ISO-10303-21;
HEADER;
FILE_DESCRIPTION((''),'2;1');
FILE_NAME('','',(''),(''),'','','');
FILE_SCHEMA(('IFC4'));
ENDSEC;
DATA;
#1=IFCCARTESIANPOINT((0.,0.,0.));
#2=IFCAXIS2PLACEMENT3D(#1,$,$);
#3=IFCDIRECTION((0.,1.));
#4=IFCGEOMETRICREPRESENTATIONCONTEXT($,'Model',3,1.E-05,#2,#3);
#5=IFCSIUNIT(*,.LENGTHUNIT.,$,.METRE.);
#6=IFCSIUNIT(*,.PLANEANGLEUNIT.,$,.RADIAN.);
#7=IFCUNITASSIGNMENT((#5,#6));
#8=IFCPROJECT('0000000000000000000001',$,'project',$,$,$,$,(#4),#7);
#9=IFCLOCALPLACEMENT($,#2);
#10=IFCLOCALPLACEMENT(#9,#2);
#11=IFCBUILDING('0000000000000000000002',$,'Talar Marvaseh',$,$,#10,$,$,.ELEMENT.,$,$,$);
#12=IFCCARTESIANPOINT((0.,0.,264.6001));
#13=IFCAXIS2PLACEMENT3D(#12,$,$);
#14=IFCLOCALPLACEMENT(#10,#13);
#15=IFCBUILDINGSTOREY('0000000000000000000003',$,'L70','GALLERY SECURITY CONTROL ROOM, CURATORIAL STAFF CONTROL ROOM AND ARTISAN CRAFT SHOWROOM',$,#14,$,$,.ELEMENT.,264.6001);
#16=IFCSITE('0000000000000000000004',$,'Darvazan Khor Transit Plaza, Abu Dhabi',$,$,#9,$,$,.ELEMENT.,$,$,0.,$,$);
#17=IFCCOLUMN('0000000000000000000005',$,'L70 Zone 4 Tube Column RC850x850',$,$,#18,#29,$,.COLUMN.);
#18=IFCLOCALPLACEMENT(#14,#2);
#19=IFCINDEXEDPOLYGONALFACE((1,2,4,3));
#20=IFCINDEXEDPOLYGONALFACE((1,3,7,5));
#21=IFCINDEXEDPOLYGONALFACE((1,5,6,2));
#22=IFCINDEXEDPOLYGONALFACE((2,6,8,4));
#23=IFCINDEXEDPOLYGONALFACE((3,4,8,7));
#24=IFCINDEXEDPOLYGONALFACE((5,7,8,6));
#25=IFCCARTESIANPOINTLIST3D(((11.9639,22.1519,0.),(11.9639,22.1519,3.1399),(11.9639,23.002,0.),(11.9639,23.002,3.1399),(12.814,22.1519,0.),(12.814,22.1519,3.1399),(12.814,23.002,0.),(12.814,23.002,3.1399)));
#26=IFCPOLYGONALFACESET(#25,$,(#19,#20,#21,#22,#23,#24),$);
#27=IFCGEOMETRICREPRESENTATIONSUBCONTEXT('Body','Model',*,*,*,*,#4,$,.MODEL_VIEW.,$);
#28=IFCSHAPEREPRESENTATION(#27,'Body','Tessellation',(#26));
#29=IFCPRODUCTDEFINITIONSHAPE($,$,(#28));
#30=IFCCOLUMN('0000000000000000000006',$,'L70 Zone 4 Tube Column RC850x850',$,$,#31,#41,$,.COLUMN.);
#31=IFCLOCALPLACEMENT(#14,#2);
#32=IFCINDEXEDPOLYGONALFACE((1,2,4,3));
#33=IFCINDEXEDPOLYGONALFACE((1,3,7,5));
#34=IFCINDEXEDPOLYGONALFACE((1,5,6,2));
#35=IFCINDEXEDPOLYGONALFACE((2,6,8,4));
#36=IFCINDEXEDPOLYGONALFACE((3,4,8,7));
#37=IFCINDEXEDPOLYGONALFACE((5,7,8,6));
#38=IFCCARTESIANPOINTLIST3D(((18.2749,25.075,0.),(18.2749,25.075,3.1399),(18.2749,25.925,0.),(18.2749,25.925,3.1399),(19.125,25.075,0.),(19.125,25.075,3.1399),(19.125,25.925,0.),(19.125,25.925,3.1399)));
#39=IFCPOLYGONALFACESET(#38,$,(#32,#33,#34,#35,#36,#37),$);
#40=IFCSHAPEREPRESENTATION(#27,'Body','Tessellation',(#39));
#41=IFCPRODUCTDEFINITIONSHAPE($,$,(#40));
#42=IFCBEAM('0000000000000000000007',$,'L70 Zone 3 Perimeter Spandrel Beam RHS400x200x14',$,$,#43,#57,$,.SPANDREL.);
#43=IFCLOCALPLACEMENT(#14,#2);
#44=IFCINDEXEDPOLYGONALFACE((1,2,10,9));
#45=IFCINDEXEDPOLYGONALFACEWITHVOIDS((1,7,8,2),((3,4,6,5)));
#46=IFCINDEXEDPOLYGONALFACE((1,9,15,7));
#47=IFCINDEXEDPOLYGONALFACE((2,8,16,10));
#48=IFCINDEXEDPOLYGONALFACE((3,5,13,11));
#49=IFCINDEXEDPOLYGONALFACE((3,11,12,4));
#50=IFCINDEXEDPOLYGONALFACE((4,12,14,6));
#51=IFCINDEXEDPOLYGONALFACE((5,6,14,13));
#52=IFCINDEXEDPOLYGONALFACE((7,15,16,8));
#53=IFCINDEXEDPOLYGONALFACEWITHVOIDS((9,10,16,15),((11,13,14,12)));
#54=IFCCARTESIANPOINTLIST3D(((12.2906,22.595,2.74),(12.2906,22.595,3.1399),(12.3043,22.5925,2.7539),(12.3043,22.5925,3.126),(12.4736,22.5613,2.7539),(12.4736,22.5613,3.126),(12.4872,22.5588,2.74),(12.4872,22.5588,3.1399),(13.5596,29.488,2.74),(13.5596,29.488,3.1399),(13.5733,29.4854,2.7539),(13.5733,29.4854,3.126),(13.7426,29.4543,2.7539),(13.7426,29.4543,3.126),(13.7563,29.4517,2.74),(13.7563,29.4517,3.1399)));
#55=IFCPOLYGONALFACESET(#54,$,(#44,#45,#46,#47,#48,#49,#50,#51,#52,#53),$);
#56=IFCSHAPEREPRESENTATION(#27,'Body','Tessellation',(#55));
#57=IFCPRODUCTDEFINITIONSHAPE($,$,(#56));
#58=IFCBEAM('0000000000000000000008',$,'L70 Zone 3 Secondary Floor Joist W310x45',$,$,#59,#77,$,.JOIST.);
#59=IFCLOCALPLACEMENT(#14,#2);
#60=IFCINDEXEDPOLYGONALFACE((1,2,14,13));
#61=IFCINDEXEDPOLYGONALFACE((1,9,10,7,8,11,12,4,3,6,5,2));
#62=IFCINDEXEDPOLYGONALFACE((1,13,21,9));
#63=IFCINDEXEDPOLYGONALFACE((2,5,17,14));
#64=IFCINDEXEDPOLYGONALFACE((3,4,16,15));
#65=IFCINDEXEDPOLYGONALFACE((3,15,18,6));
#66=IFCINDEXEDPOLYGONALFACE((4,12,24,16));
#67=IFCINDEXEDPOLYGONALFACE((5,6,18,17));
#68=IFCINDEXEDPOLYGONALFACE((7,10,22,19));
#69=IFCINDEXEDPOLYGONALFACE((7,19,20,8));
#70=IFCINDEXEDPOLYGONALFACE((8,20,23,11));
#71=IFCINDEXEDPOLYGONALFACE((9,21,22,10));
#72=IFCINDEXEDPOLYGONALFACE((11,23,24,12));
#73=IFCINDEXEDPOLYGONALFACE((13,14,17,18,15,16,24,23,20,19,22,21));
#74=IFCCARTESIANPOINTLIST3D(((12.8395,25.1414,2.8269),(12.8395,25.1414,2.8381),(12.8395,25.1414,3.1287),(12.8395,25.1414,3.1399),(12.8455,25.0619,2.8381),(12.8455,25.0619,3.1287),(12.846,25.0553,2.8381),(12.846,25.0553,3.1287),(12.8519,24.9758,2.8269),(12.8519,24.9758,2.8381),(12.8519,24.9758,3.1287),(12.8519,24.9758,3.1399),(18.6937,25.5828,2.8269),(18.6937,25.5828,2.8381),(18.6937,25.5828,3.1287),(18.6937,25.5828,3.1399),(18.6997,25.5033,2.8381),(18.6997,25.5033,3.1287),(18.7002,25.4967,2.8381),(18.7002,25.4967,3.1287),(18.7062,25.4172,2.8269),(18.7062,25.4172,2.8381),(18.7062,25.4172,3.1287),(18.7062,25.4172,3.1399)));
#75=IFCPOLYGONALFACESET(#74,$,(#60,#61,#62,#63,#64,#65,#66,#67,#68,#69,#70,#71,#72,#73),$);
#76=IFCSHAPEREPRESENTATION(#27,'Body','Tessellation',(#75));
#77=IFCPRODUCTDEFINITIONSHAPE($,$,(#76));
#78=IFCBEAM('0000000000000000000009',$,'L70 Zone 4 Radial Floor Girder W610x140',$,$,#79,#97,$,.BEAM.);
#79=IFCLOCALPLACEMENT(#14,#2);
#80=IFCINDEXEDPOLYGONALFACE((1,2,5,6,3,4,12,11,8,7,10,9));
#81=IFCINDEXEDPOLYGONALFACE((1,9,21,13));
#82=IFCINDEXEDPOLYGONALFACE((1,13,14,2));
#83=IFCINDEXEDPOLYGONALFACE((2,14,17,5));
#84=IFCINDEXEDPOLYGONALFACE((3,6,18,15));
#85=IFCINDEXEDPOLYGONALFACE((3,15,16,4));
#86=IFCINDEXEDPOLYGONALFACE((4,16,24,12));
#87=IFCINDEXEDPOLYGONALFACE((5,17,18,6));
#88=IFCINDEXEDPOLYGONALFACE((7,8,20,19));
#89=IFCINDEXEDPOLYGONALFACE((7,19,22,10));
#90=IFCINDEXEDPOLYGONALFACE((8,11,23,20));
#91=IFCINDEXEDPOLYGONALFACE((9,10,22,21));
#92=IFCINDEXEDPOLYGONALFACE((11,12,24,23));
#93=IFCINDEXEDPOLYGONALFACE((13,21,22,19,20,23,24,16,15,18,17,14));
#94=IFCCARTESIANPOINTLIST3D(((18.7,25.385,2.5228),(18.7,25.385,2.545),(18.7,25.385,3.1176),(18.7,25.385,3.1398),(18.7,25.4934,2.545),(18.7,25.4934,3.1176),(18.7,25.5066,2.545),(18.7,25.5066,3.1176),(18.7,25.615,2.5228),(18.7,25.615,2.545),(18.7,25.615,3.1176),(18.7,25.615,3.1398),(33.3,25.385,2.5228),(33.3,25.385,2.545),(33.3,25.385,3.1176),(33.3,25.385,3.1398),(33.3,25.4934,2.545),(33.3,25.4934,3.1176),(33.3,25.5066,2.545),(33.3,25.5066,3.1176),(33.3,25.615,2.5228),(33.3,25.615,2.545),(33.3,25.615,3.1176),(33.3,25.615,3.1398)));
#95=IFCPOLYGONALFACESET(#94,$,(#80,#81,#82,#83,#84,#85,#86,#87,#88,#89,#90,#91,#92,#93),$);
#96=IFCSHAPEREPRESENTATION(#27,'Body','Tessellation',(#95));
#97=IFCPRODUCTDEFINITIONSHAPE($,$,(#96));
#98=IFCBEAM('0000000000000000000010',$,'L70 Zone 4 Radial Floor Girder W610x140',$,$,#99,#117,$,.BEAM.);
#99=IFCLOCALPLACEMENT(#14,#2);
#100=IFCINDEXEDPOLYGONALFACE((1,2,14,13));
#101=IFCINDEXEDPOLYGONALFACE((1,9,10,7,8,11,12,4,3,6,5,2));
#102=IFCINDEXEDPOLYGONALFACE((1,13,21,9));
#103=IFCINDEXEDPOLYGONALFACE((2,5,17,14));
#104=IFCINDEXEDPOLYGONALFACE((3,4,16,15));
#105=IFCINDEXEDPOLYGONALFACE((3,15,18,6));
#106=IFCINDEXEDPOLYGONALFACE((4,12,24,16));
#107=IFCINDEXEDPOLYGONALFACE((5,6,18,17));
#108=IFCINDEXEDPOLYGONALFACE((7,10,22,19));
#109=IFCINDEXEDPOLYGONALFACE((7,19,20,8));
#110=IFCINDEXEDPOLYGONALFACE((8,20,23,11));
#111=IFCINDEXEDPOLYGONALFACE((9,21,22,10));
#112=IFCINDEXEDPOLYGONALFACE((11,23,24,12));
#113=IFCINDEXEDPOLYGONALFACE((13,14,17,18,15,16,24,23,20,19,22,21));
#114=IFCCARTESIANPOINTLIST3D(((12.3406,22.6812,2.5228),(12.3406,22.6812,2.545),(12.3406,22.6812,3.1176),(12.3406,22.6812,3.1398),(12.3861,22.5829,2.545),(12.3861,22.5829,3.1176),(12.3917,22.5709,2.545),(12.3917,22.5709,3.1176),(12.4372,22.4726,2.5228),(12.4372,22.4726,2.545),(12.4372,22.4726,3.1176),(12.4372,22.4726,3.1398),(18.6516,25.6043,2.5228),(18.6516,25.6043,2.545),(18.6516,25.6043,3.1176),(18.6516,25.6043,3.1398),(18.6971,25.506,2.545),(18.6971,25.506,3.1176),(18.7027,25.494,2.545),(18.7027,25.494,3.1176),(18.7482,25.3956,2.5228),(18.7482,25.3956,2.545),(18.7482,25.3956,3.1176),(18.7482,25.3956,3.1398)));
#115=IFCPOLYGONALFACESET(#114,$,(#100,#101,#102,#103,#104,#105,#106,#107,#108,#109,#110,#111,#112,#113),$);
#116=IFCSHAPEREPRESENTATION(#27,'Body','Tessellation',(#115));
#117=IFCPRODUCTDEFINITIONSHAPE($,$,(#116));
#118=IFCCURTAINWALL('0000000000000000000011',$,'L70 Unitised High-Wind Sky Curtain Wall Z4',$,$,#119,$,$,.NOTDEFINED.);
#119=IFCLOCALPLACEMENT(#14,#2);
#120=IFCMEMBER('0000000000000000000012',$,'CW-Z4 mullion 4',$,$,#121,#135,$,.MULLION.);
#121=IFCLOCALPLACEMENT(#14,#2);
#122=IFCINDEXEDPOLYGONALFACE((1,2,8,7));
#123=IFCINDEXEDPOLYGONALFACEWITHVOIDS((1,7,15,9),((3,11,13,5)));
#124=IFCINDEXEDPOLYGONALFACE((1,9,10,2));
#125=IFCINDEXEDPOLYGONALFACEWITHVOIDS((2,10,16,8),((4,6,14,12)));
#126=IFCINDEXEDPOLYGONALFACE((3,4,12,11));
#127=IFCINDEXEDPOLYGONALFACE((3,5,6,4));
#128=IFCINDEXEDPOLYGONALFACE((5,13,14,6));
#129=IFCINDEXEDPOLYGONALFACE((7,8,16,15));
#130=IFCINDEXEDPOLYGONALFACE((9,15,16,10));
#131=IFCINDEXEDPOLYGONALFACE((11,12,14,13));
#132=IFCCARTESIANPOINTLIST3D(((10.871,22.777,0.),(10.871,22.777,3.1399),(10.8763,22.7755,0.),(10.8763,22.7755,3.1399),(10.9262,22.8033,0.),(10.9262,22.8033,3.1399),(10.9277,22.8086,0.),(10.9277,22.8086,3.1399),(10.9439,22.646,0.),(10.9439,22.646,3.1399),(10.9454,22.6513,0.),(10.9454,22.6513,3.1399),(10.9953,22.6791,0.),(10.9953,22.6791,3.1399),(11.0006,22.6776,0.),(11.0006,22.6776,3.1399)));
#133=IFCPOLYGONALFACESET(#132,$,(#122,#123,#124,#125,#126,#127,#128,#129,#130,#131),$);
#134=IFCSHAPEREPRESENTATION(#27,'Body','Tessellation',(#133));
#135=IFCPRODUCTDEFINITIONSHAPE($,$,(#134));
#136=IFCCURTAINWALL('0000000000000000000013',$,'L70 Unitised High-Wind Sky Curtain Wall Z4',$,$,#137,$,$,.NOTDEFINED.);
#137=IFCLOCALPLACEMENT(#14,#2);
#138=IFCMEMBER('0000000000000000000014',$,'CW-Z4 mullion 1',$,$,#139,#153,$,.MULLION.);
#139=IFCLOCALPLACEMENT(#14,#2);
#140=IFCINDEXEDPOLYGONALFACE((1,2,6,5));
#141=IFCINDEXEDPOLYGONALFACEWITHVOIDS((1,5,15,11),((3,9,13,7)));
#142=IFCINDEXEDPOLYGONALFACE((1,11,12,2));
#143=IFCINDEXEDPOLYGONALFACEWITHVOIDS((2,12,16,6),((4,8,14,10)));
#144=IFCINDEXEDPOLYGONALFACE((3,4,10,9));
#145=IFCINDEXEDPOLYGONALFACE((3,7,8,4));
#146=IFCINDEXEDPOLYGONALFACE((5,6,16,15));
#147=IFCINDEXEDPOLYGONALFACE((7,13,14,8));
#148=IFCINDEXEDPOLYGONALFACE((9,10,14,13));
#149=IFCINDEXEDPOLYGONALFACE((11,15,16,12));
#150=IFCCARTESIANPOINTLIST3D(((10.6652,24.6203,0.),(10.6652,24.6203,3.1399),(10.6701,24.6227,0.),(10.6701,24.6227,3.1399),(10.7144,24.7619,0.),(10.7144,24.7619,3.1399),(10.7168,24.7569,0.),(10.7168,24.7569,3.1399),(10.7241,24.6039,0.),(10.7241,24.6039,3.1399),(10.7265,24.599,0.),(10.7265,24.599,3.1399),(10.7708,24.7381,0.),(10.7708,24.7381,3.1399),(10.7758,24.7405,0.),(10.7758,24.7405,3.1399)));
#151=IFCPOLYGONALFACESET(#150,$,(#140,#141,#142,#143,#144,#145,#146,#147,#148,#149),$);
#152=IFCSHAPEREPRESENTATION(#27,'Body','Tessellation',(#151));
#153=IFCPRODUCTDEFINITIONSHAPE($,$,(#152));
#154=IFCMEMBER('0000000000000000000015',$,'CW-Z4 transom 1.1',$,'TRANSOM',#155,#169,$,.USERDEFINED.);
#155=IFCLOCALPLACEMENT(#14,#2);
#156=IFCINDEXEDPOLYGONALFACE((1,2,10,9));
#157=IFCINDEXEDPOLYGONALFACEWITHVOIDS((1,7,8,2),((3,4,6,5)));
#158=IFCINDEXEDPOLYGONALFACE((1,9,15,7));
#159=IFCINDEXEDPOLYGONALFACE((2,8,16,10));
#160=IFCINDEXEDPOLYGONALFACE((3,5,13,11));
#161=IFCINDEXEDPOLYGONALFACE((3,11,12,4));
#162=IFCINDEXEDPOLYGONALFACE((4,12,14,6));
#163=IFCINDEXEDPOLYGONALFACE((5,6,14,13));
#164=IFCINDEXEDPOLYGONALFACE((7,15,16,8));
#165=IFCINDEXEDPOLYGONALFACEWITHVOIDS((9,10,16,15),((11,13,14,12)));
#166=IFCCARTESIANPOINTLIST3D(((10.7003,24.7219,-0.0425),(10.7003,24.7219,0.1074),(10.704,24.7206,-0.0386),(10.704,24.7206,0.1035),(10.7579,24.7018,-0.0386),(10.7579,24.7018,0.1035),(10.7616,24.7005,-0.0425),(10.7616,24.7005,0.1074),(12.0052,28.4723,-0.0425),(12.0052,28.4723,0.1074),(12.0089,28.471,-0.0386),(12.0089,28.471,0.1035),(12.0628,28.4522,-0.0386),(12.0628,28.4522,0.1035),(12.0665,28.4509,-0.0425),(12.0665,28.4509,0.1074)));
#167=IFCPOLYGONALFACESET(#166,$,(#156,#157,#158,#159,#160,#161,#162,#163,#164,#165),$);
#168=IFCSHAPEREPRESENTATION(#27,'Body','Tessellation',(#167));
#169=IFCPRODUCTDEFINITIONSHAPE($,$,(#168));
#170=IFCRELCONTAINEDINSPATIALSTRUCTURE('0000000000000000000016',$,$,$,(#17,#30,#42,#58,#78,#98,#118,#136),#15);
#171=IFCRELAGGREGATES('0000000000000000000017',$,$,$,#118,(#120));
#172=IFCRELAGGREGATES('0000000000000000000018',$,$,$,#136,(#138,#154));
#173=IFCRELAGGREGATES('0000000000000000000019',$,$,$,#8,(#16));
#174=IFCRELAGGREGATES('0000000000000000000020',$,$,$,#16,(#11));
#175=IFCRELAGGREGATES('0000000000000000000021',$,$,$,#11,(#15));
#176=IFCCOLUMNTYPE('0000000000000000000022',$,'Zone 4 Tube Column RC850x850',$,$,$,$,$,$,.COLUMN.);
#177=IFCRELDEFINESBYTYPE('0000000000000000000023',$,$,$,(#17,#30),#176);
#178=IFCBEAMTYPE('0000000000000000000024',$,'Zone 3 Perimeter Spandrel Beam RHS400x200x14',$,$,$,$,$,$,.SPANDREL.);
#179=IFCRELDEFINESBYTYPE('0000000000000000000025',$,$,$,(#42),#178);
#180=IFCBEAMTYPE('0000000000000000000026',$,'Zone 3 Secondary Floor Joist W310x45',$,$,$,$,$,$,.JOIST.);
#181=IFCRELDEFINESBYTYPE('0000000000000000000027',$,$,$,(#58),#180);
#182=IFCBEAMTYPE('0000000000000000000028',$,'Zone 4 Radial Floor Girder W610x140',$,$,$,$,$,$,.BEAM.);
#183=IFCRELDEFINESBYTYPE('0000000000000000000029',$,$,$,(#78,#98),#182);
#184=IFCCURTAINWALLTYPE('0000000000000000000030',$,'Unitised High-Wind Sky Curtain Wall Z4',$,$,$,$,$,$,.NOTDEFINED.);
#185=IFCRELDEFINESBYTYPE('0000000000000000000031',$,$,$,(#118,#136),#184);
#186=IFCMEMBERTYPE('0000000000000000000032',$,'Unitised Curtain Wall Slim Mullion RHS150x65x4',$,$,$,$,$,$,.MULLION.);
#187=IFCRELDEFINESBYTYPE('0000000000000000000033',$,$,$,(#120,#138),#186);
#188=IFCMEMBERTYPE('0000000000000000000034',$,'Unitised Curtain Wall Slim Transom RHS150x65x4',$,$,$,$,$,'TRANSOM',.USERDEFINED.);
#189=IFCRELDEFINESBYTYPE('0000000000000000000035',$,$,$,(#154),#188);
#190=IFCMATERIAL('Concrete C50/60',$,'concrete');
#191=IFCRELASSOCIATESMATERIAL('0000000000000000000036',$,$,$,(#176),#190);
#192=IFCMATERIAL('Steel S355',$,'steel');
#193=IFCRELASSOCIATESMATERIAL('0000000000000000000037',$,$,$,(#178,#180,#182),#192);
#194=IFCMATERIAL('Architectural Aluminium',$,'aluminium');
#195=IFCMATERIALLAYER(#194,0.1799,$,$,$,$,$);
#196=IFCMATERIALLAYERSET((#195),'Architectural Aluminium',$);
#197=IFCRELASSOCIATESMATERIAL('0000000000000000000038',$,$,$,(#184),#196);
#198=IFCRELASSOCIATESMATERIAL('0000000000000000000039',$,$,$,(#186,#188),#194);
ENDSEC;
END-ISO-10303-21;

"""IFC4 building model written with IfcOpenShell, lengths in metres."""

from ifc_helpers import new_model, si_unit, direction, frame, origin, origin_2d, place, context, subcontext, project, spatial, rectangle, hollow_rectangle, i_section, extrude, source, transform, mapped, material, layer, layer_set, material_profile, profile_set, type_object, type_shapes, element, aggregate, save


model = new_model("IFC4")

# Units and contexts
model_context = context("Model", 3, precision=1e-05, world=origin(), true_north=direction((0.0, 1.0)))
body_context = subcontext(model_context, "Body", "Model", "MODEL_VIEW")
ifc_project = project(units=[si_unit("LENGTHUNIT", "METRE"), si_unit("PLANEANGLEUNIT", "RADIAN")], contexts=[model_context])

# Site, building, storey
site_placement = place(None, origin())
site = spatial("IfcSite", under=ifc_project, at=site_placement, Name="Darvazan Khor Transit Plaza, Abu Dhabi", CompositionType="ELEMENT", RefElevation=0.0)
building_placement = place(site_placement, origin())
building = spatial("IfcBuilding", under=site, at=building_placement, Name="Talar Marvaseh", CompositionType="ELEMENT")
storey_placement = place(building_placement, frame((0.0, 0.0, 264.6001)))
storey = spatial("IfcBuildingStorey", under=building, at=storey_placement, Name="L70", Description="GALLERY SECURITY CONTROL ROOM, CURATORIAL STAFF CONTROL ROOM AND ARTISAN CRAFT SHOWROOM", CompositionType="ELEMENT", Elevation=264.6001)

# Columns
ifc_material_1 = material(Name="Concrete C50/60", Category="concrete")
ifc_material_profile_1 = material_profile(ifc_material_1, rectangle(XDim=0.8501, YDim=0.8501, at=origin_2d()), Name="RC850x850")
ifc_profile_set_1 = profile_set([ifc_material_profile_1], Name="Concrete C50/60")
column_type = type_object("IfcColumnType", Name="Zone 4 Tube Column RC850x850", PredefinedType="COLUMN", material=ifc_profile_set_1)
for number, where, z_axis, x_axis, name in (
    (1, (12.3889, 22.5769, 0.0), (0.0, 0.0, 1.0), (1.0, 0.0, 0.0), "L70 Zone 4 Tube Column RC850x850"),
    (2, (18.7, 25.5, 0.0), (0.0, 0.0, 1.0), (1.0, 0.0, 0.0), "L70 Zone 4 Tube Column RC850x850"),
):
    element("IfcColumn", number, at=place(storey_placement, frame(where, z_axis=z_axis, x_axis=x_axis)), inside=storey, type_object=column_type, Name=name, PredefinedType="COLUMN", context=body_context, shape_type="SweptSolid", body=[
        extrude(rectangle(XDim=0.8501, YDim=0.8501, at=origin_2d()), origin(), (0.0, 0.0, 1.0), 3.1399),
    ])

# Beams
ifc_material_2 = material(Name="Steel S355", Category="steel")
ifc_material_profile_2 = material_profile(ifc_material_2, hollow_rectangle(XDim=0.2, YDim=0.3999, WallThickness=0.0139, at=origin_2d()), Name="RHS400x200x14")
ifc_profile_set_2 = profile_set([ifc_material_profile_2], Name="Steel S355")
beam_type_1 = type_object("IfcBeamType", Name="Zone 3 Perimeter Spandrel Beam RHS400x200x14", PredefinedType="SPANDREL", material=ifc_profile_set_2)
beam_1_placement = place(storey_placement, frame((12.3889, 22.5769, 2.9399), z_axis=(0.181061, 0.983472, 0.0), x_axis=(-0.983472, 0.181061, 0.0)))
element("IfcBeam", 3, at=beam_1_placement, inside=storey, type_object=beam_type_1, Name="L70 Zone 3 Perimeter Spandrel Beam RHS400x200x14", PredefinedType="SPANDREL", context=body_context, shape_type="SweptSolid", body=[
    extrude(hollow_rectangle(XDim=0.2, YDim=0.3999, WallThickness=0.0139, at=origin_2d()), origin(), (0.0, 0.0, 1.0), 7.0088),
])
ifc_material_profile_3 = material_profile(ifc_material_2, i_section(OverallWidth=0.166, OverallDepth=0.313, WebThickness=0.0066, FlangeThickness=0.0112, at=origin_2d()), Name="W310x45")
ifc_profile_set_3 = profile_set([ifc_material_profile_3], Name="Steel S355")
beam_type_2 = type_object("IfcBeamType", Name="Zone 3 Secondary Floor Joist W310x45", PredefinedType="JOIST", material=ifc_profile_set_3)
beam_2_placement = place(storey_placement, frame((12.8457, 25.0586, 2.9834), z_axis=(0.99717, 0.075186, 0.0), x_axis=(-0.075186, 0.99717, 0.0)))
element("IfcBeam", 4, at=beam_2_placement, inside=storey, type_object=beam_type_2, Name="L70 Zone 3 Secondary Floor Joist W310x45", PredefinedType="JOIST", context=body_context, shape_type="SweptSolid", body=[
    extrude(i_section(OverallWidth=0.166, OverallDepth=0.313, WebThickness=0.0066, FlangeThickness=0.0112, at=origin_2d()), origin(), (0.0, 0.0, 1.0), 5.8708),
])
ifc_material_profile_4 = material_profile(ifc_material_2, i_section(OverallWidth=0.23, OverallDepth=0.6169, WebThickness=0.0132, FlangeThickness=0.0222, at=origin_2d()), Name="W610x140")
ifc_profile_set_4 = profile_set([ifc_material_profile_4], Name="Steel S355")
beam_type_3 = type_object("IfcBeamType", Name="Zone 4 Radial Floor Girder W610x140", PredefinedType="BEAM", material=ifc_profile_set_4)
beam_3_placement = place(storey_placement, frame((18.7, 25.5, 2.8313), z_axis=(1.0, 0.0, 0.0), x_axis=(0.0, 1.0, 0.0)))
element("IfcBeam", 5, at=beam_3_placement, inside=storey, type_object=beam_type_3, Name="L70 Zone 4 Radial Floor Girder W610x140", PredefinedType="BEAM", context=body_context, shape_type="SweptSolid", body=[
    extrude(i_section(OverallWidth=0.23, OverallDepth=0.6169, WebThickness=0.0132, FlangeThickness=0.0222, at=origin_2d()), origin(), (0.0, 0.0, 1.0), 14.6001),
])
beam_4_placement = place(storey_placement, frame((12.3889, 22.5769, 2.8313), z_axis=(0.907395, 0.42028, 0.0), x_axis=(-0.42028, 0.907395, 0.0)))
element("IfcBeam", 6, at=beam_4_placement, inside=storey, type_object=beam_type_3, Name="L70 Zone 4 Radial Floor Girder W610x140", PredefinedType="BEAM", context=body_context, shape_type="SweptSolid", body=[
    extrude(i_section(OverallWidth=0.23, OverallDepth=0.6169, WebThickness=0.0132, FlangeThickness=0.0222, at=origin_2d()), origin(), (0.0, 0.0, 1.0), 6.9551),
])

# Curtain wall, member
ifc_material_3 = material(Name="Architectural Aluminium", Category="aluminium")
ifc_layer_1 = layer(ifc_material_3, 0.1799)
ifc_layer_set_1 = layer_set([ifc_layer_1], Name="Architectural Aluminium")
curtain_wall_type = type_object("IfcCurtainWallType", Name="Unitised High-Wind Sky Curtain Wall Z4", PredefinedType="NOTDEFINED", material=ifc_layer_set_1)
curtain_wall_1_placement = place(storey_placement, origin())
curtain_wall_1 = element("IfcCurtainWall", 7, at=curtain_wall_1_placement, inside=storey, type_object=curtain_wall_type, Name="L70 Unitised High-Wind Sky Curtain Wall Z4", PredefinedType="NOTDEFINED")
ifc_material_profile_5 = material_profile(ifc_material_3, hollow_rectangle(XDim=0.0649, YDim=0.1499, WallThickness=0.0039, at=origin_2d()), Name="RHS150x65x4")
ifc_profile_set_5 = profile_set([ifc_material_profile_5], Name="Architectural Aluminium")
member_type_1 = type_object("IfcMemberType", Name="Unitised Curtain Wall Slim Mullion RHS150x65x4", PredefinedType="MULLION", material=ifc_profile_set_5)
shared_shape_1 = source(origin(), body_context, "Body", "SweptSolid", [
    extrude(hollow_rectangle(XDim=0.0649, YDim=0.1499, WallThickness=0.0039, at=origin_2d()), origin(), (0.0, 0.0, 1.0), 3.1399),
])
type_shapes(member_type_1, [shared_shape_1])
member_1_placement = place(storey_placement, frame((10.9358, 22.7273, 0.0), z_axis=(0.0, 0.0, 1.0), x_axis=(-0.873803, -0.486279, 0.0)))
member_1 = element("IfcMember", 8, at=member_1_placement, type_object=member_type_1, Name="CW-Z4 mullion 4", PredefinedType="MULLION", context=body_context, shape_type="MappedRepresentation", body=[
    mapped(shared_shape_1, transform((0.0, 0.0, 0.0), x_axis=(1.0, 0.0, 0.0), y_axis=(0.0, 1.0, 0.0), z_axis=(0.0, 0.0, 1.0), scale=1.0)),
])
aggregate(curtain_wall_1, [member_1])

# Curtain wall, members
curtain_wall_2_placement = place(storey_placement, origin())
curtain_wall_2 = element("IfcCurtainWall", 9, at=curtain_wall_2_placement, inside=storey, type_object=curtain_wall_type, Name="L70 Unitised High-Wind Sky Curtain Wall Z4", PredefinedType="NOTDEFINED")
member_2_placement = place(storey_placement, frame((10.7205, 24.6804, 0.0), z_axis=(0.0, 0.0, 1.0), x_axis=(-0.94448, 0.328569, 0.0)))
member_2 = element("IfcMember", 10, at=member_2_placement, type_object=member_type_1, Name="CW-Z4 mullion 1", PredefinedType="MULLION", context=body_context, shape_type="MappedRepresentation", body=[
    mapped(shared_shape_1, transform((0.0, 0.0, 0.0), x_axis=(1.0, 0.0, 0.0), y_axis=(0.0, 1.0, 0.0), z_axis=(0.0, 0.0, 1.0), scale=1.0)),
])
ifc_material_profile_6 = material_profile(ifc_material_3, hollow_rectangle(XDim=0.0649, YDim=0.1499, WallThickness=0.0039, at=origin_2d()), Name="RHS150x65x4")
ifc_profile_set_6 = profile_set([ifc_material_profile_6], Name="Architectural Aluminium")
member_type_2 = type_object("IfcMemberType", Name="Unitised Curtain Wall Slim Transom RHS150x65x4", ElementType="TRANSOM", PredefinedType="USERDEFINED", material=ifc_profile_set_6)
shared_shape_2 = source(origin(), body_context, "Body", "SweptSolid", [
    extrude(hollow_rectangle(XDim=0.0649, YDim=0.1499, WallThickness=0.0039, at=origin_2d()), origin(), (0.0, 0.0, 1.0), 3.9709),
])
type_shapes(member_type_2, [shared_shape_2])
member_3_placement = place(storey_placement, frame((10.731, 24.7112, 0.0325), z_axis=(0.328614, 0.944464, 0.0), x_axis=(-0.944464, 0.328614, 0.0)))
member_3 = element("IfcMember", 11, at=member_3_placement, type_object=member_type_2, Name="CW-Z4 transom 1.1", ObjectType="TRANSOM", PredefinedType="USERDEFINED", context=body_context, shape_type="MappedRepresentation", body=[
    mapped(shared_shape_2, transform((0.0, 0.0, 0.0), x_axis=(1.0, 0.0, 0.0), y_axis=(0.0, 1.0, 0.0), z_axis=(0.0, 0.0, 1.0), scale=1.0)),
])
aggregate(curtain_wall_2, [member_2, member_3])

save(model, "model.ifc")
